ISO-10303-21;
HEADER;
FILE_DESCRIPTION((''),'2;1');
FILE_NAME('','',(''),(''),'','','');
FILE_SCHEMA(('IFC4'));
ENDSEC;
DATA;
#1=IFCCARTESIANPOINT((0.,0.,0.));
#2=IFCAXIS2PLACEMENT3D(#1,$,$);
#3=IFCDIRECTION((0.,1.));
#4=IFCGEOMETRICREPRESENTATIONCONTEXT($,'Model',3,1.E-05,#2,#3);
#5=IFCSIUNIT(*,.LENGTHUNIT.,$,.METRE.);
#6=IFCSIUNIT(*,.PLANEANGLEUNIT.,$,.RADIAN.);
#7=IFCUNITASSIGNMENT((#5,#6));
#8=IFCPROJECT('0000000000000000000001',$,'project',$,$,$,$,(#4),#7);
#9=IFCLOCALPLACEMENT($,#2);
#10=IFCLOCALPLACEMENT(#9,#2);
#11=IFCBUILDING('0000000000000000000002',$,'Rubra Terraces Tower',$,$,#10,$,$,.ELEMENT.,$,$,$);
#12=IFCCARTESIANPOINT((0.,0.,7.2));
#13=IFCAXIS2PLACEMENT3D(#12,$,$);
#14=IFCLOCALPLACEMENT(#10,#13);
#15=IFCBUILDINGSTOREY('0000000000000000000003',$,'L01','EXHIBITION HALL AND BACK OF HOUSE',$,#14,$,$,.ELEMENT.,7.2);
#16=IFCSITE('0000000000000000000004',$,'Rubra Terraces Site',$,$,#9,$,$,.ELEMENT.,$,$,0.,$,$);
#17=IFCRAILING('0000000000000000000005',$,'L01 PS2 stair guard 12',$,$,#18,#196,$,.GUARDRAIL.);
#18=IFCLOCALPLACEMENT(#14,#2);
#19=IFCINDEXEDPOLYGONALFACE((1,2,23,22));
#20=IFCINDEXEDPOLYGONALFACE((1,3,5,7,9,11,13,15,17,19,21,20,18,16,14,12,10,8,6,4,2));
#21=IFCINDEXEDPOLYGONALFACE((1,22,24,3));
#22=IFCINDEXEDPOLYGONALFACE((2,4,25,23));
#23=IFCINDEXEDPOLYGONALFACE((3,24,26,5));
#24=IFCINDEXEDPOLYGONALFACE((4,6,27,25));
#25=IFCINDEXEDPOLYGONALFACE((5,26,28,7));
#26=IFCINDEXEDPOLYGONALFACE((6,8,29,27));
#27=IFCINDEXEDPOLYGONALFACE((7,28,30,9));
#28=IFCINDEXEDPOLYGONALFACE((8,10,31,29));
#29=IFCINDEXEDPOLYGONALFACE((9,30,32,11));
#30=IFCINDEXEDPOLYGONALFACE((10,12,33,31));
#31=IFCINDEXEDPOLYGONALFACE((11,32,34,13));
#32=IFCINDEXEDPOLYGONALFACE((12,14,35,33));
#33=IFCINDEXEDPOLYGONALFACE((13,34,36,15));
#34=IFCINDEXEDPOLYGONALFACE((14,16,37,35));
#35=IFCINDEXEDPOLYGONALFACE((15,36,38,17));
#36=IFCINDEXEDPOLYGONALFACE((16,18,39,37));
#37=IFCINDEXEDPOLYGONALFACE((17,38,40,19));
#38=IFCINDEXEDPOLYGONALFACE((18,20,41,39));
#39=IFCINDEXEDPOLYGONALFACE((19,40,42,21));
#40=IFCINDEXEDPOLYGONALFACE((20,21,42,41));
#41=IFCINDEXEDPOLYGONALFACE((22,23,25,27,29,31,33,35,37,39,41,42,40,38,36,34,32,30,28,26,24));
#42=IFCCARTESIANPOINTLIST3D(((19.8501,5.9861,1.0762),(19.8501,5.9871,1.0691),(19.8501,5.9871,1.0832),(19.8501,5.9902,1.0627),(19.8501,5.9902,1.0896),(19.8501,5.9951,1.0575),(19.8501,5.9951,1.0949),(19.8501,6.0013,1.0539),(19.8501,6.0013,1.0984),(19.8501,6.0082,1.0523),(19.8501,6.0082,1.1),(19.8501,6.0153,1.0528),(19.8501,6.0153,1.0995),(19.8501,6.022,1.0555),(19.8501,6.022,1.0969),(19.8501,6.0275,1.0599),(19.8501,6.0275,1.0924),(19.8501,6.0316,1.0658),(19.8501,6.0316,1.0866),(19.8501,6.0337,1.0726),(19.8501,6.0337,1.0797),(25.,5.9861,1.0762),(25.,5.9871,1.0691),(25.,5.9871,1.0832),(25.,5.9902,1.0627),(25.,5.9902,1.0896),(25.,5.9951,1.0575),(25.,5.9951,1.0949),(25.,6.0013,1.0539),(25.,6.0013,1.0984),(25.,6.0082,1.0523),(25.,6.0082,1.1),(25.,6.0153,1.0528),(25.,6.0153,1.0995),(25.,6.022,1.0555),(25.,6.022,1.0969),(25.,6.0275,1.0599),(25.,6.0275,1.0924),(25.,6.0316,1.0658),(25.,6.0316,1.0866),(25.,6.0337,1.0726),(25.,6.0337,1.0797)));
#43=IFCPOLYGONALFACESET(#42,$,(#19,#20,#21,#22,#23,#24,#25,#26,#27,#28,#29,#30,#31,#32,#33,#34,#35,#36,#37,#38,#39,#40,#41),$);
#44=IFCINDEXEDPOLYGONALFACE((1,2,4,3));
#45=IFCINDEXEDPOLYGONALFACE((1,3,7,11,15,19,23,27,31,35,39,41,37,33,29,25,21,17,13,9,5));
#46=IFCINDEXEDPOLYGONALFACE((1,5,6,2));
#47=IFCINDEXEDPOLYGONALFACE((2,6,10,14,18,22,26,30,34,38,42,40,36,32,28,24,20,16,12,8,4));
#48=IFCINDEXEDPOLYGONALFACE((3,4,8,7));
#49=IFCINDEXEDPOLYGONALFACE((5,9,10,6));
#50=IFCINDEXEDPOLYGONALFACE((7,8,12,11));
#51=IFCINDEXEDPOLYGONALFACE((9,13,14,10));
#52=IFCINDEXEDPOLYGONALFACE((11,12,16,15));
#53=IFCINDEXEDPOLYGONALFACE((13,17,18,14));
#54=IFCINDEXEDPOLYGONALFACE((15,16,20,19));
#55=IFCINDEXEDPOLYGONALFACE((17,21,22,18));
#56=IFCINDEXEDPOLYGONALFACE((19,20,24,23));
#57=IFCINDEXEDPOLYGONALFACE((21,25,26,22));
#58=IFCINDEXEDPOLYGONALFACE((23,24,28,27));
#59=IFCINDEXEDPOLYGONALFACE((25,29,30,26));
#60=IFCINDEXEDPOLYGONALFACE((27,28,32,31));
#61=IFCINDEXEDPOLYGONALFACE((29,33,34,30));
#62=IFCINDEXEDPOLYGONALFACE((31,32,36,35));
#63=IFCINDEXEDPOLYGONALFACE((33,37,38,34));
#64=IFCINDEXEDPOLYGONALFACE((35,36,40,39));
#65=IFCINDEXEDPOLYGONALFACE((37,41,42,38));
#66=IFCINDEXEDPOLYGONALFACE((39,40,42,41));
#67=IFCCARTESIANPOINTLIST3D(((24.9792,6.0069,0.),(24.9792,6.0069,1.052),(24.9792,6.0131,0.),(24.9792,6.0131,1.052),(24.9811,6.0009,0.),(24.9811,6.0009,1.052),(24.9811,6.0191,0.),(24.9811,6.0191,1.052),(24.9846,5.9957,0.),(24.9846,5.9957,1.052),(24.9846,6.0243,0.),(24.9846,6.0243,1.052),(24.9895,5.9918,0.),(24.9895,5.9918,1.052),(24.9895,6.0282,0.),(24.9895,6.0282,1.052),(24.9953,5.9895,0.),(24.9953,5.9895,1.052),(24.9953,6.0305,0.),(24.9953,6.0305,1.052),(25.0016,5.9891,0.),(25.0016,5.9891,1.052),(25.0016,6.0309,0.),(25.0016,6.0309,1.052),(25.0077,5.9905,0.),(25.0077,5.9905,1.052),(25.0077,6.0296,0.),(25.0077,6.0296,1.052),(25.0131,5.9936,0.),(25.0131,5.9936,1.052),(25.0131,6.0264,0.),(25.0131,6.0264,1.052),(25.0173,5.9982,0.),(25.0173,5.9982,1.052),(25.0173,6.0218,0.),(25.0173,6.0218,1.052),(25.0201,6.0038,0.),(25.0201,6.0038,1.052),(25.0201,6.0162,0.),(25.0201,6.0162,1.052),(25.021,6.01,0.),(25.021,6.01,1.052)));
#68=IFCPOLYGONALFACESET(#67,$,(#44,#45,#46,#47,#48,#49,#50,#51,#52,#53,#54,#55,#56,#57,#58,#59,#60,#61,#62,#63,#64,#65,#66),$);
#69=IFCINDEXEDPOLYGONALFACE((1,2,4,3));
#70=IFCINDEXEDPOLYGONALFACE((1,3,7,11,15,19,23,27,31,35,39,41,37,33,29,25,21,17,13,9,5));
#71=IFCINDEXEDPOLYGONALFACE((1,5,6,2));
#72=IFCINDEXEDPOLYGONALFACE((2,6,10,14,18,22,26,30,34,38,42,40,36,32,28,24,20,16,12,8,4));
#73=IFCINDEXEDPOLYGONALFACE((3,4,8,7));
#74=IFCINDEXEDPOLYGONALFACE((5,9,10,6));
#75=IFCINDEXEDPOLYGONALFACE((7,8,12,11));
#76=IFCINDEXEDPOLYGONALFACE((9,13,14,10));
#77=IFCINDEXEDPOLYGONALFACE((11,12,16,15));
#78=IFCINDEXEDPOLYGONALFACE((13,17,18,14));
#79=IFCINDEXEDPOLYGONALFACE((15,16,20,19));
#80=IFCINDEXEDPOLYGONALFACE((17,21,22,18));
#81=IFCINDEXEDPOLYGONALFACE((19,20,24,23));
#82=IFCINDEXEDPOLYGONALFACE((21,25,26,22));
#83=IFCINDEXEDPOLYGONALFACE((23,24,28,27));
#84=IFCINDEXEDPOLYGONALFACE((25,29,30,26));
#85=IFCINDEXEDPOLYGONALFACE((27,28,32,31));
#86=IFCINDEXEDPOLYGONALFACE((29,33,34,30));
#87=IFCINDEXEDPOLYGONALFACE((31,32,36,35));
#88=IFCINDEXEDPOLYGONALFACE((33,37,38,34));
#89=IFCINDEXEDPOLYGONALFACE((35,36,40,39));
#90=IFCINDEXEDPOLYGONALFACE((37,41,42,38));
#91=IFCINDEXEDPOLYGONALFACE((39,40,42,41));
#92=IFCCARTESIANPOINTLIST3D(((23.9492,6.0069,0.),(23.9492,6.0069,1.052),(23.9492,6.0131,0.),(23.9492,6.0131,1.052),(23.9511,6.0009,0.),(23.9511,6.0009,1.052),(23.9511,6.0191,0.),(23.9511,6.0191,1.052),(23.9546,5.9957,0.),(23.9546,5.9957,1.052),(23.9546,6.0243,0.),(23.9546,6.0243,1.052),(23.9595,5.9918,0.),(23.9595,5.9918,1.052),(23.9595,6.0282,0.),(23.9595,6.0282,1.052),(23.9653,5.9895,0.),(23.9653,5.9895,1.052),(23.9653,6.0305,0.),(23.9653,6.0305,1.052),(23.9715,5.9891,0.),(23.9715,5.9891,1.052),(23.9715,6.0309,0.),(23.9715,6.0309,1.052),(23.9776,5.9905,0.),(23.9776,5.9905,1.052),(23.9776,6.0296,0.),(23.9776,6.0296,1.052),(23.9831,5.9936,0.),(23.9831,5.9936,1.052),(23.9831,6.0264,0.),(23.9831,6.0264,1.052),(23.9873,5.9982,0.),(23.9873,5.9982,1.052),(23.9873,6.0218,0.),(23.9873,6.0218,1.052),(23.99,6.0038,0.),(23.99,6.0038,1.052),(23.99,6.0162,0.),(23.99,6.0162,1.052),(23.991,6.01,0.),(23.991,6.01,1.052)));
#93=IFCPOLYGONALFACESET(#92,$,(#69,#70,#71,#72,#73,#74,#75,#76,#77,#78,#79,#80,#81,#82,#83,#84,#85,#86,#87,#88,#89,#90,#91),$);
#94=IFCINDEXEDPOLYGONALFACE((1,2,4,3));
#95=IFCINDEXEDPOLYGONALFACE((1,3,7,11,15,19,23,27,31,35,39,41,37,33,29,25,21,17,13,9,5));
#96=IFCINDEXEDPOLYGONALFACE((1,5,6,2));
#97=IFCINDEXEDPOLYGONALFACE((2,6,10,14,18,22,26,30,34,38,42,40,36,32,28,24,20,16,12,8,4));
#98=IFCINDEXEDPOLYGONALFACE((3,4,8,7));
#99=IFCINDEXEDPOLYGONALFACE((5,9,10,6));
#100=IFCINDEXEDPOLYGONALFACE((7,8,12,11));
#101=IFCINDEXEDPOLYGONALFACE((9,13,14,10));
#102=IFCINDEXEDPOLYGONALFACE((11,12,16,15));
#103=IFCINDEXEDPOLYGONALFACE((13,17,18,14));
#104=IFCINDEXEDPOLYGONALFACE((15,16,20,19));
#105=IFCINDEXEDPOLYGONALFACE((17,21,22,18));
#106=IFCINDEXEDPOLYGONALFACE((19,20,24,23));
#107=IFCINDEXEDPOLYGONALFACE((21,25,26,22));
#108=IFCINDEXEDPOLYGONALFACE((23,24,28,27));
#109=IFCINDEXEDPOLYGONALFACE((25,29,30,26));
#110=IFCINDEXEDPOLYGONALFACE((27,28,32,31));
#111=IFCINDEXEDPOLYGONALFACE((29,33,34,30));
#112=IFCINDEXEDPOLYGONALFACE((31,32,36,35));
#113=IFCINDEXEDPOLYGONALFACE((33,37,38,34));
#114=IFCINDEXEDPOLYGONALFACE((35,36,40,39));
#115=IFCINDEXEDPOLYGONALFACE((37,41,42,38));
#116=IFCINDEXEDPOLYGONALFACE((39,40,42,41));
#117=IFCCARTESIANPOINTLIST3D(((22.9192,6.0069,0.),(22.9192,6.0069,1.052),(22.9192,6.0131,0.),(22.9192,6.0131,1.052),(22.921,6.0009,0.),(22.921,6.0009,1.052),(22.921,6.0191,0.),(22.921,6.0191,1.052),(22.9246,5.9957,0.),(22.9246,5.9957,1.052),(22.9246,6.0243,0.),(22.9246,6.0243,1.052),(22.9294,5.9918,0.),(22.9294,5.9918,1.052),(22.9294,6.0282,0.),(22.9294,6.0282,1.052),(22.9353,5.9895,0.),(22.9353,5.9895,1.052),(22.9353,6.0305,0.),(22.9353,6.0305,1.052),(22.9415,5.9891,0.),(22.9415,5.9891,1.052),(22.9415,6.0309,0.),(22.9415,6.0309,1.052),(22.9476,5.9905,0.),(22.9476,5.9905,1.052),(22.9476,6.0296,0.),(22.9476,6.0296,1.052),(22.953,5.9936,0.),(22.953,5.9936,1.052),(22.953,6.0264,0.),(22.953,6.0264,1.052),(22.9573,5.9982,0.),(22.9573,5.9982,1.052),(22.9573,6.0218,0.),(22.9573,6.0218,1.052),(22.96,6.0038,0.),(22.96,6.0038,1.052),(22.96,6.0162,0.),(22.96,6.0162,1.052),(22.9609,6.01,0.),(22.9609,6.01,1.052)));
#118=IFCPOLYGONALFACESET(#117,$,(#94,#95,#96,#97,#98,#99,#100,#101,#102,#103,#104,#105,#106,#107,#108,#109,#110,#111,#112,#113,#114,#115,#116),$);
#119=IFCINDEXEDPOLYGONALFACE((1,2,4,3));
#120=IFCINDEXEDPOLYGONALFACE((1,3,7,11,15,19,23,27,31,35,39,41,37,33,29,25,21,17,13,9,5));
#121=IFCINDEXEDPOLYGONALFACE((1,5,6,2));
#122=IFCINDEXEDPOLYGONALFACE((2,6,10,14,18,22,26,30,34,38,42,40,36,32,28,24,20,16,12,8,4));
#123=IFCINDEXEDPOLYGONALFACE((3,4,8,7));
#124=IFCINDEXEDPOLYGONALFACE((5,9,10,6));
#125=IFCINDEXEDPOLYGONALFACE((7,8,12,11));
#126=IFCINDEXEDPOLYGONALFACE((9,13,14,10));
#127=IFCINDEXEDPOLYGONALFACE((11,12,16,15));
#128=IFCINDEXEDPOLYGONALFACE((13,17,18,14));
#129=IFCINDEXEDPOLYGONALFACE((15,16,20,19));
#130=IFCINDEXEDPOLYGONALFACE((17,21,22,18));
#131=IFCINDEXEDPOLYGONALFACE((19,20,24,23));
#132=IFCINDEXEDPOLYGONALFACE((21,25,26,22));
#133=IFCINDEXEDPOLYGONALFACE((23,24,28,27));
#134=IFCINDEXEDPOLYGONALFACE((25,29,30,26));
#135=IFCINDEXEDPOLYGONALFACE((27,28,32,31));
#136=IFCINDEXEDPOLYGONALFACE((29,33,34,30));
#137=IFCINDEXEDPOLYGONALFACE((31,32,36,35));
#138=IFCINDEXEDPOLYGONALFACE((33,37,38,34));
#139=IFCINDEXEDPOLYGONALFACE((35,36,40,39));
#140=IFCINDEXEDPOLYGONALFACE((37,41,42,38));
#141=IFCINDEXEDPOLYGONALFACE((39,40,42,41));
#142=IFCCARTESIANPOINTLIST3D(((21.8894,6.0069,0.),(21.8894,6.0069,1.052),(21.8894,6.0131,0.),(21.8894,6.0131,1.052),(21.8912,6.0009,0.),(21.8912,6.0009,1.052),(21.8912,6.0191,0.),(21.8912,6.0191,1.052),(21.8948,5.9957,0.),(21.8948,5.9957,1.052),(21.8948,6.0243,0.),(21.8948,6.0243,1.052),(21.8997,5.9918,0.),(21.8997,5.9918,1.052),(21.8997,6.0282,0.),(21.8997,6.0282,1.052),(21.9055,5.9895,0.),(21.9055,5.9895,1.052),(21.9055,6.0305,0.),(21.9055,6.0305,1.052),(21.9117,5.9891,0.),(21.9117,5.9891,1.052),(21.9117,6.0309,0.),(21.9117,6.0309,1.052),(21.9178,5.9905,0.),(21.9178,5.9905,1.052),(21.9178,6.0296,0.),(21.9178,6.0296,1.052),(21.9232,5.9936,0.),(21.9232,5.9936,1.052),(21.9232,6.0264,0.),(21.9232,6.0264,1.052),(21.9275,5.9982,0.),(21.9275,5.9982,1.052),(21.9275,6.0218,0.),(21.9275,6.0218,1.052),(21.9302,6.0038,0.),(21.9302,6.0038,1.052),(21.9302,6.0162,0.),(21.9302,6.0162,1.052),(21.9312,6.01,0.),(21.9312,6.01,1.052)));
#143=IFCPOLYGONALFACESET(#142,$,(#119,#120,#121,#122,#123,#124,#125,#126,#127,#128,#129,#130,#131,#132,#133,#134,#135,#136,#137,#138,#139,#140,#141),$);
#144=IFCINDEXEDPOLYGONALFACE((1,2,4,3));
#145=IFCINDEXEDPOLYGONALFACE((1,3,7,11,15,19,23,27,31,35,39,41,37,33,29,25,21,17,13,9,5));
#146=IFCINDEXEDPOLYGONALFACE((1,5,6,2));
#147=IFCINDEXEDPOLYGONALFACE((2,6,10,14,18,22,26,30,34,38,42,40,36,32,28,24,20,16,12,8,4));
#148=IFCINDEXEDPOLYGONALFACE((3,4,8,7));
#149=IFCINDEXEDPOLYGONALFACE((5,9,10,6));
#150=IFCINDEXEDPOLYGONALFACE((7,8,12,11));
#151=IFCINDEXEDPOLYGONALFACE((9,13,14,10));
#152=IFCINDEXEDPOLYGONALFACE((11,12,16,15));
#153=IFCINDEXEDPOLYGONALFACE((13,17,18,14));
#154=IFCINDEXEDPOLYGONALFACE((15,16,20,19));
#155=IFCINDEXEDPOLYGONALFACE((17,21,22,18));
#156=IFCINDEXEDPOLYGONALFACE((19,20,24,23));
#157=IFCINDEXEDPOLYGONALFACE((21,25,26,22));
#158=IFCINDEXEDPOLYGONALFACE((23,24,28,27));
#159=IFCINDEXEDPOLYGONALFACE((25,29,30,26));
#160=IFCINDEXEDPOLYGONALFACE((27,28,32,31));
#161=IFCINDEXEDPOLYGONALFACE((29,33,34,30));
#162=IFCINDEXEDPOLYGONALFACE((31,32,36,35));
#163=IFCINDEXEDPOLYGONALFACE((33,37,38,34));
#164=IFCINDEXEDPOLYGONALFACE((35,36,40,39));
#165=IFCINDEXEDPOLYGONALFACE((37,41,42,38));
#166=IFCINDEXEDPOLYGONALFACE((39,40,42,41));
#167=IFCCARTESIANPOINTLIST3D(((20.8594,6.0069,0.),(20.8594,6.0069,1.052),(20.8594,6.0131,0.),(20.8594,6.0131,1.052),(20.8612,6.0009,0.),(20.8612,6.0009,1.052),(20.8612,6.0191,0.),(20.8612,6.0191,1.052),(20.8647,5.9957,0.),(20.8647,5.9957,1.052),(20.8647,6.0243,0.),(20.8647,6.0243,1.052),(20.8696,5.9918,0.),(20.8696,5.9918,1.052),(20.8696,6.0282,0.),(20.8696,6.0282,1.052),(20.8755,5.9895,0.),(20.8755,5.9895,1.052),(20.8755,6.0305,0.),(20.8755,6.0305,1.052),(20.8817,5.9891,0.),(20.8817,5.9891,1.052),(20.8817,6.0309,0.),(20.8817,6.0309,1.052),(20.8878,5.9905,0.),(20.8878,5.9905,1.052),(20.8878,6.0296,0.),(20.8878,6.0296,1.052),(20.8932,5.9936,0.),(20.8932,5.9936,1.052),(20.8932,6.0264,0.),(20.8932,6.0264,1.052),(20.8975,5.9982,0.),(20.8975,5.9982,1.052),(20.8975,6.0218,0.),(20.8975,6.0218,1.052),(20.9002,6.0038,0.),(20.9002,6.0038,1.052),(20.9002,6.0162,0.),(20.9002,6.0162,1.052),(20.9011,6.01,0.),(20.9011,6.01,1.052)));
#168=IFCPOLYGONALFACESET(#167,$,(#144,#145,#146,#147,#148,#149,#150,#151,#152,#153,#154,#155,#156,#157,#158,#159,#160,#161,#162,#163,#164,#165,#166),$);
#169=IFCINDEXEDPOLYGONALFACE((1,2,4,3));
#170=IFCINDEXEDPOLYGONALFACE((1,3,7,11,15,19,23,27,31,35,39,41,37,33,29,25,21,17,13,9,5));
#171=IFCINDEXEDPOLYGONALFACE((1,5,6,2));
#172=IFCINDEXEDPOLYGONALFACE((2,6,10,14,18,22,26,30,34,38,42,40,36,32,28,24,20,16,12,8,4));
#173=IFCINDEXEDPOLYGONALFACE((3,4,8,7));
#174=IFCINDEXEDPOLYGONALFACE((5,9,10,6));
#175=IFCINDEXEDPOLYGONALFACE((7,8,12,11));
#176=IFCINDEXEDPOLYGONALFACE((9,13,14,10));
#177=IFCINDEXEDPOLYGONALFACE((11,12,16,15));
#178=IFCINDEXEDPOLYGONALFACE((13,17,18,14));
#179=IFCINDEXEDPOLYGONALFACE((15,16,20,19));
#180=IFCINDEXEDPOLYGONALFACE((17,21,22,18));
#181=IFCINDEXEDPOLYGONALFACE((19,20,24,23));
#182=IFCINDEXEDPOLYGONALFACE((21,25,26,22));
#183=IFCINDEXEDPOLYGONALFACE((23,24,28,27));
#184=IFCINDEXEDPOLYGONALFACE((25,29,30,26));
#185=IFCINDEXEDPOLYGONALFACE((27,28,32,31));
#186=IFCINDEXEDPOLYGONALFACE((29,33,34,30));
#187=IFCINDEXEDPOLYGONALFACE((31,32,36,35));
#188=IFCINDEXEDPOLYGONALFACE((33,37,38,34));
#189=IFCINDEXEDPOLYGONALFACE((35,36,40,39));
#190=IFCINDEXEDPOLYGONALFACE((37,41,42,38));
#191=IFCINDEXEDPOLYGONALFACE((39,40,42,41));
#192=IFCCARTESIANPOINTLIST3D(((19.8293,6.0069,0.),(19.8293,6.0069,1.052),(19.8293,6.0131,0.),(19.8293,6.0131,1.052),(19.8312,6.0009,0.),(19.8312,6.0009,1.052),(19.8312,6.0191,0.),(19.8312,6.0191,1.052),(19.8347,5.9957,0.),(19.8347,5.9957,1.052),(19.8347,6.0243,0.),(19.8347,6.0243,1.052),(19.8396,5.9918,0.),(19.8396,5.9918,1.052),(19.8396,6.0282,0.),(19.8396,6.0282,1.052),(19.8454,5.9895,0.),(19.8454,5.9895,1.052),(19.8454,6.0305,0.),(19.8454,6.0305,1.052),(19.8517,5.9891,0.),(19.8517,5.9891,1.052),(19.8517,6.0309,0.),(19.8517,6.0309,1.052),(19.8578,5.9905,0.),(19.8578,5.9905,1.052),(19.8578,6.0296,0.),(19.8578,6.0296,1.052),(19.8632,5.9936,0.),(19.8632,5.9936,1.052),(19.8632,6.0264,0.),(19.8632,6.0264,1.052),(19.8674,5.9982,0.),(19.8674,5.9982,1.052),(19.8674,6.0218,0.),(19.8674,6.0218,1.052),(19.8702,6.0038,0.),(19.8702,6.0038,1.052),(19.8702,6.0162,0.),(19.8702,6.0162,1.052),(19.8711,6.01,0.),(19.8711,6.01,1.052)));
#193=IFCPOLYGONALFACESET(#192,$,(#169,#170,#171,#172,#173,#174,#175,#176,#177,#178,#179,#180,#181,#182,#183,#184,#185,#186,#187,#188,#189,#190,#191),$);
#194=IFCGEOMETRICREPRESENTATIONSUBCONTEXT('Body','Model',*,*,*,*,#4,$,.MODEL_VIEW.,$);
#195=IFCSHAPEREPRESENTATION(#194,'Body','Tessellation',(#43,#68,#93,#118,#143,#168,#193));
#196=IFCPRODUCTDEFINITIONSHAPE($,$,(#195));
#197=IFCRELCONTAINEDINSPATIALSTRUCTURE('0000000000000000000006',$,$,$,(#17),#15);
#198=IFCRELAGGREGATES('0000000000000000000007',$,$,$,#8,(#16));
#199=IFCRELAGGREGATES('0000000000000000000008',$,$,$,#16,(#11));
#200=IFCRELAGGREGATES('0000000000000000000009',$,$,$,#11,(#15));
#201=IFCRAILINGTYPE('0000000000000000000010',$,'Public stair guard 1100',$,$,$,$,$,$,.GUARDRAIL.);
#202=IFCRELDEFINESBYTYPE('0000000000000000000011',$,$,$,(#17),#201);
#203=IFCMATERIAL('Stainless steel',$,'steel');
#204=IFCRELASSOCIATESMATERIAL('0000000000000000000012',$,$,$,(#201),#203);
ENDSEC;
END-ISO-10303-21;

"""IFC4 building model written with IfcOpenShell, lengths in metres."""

from ifc_helpers import new_model, si_unit, direction, frame, origin, origin_2d, place, context, subcontext, project, spatial, circle, extrude, material, type_object, element, save


model = new_model("IFC4")

# Units and contexts
model_context = context("Model", 3, precision=1e-05, world=origin(), true_north=direction((0.0, 1.0)))
body_context = subcontext(model_context, "Body", "Model", "MODEL_VIEW")
ifc_project = project(units=[si_unit("LENGTHUNIT", "METRE"), si_unit("PLANEANGLEUNIT", "RADIAN")], contexts=[model_context])

# Site, building, storey
site_placement = place(None, origin())
site = spatial("IfcSite", under=ifc_project, at=site_placement, Name="Rubra Terraces Site", CompositionType="ELEMENT", RefElevation=0.0)
building_placement = place(site_placement, origin())
building = spatial("IfcBuilding", under=site, at=building_placement, Name="Rubra Terraces Tower", CompositionType="ELEMENT")
storey_placement = place(building_placement, frame((0.0, 0.0, 7.2)))
storey = spatial("IfcBuildingStorey", under=building, at=storey_placement, Name="L01", Description="EXHIBITION HALL AND BACK OF HOUSE", CompositionType="ELEMENT", Elevation=7.2)

# Railing
ifc_material_1 = material(Name="Stainless steel", Category="steel")
railing_type_1 = type_object("IfcRailingType", Name="Public stair guard 1100", PredefinedType="GUARDRAIL", material=ifc_material_1)
railing_1_placement = place(storey_placement, frame((25.0, 6.01, 0.0)))
element("IfcRailing", 1, at=railing_1_placement, inside=storey, type_object=railing_type_1, Name="L01 PS2 stair guard 12", PredefinedType="GUARDRAIL", context=body_context, shape_type="SweptSolid", body=[
    extrude(circle(Radius=0.0239, at=origin_2d()), frame((0.0, 0.0, 1.0762), z_axis=(-1.0, 0.0, 0.0), x_axis=(0.0, -1.0, 0.0)), (0.0, 0.0, 1.0), 5.1499),
    extrude(circle(Radius=0.021, at=origin_2d()), origin(), (0.0, 0.0, 1.0), 1.052),
    extrude(circle(Radius=0.021, at=origin_2d()), frame((-1.03, 0.0, 0.0)), (0.0, 0.0, 1.0), 1.052),
    extrude(circle(Radius=0.021, at=origin_2d()), frame((-2.0601, 0.0, 0.0)), (0.0, 0.0, 1.0), 1.052),
    extrude(circle(Radius=0.021, at=origin_2d()), frame((-3.0898, 0.0, 0.0)), (0.0, 0.0, 1.0), 1.052),
    extrude(circle(Radius=0.021, at=origin_2d()), frame((-4.1199, 0.0, 0.0)), (0.0, 0.0, 1.0), 1.052),
    extrude(circle(Radius=0.021, at=origin_2d()), frame((-5.1499, 0.0, 0.0)), (0.0, 0.0, 1.0), 1.052),
])

save(model, "model.ifc")
